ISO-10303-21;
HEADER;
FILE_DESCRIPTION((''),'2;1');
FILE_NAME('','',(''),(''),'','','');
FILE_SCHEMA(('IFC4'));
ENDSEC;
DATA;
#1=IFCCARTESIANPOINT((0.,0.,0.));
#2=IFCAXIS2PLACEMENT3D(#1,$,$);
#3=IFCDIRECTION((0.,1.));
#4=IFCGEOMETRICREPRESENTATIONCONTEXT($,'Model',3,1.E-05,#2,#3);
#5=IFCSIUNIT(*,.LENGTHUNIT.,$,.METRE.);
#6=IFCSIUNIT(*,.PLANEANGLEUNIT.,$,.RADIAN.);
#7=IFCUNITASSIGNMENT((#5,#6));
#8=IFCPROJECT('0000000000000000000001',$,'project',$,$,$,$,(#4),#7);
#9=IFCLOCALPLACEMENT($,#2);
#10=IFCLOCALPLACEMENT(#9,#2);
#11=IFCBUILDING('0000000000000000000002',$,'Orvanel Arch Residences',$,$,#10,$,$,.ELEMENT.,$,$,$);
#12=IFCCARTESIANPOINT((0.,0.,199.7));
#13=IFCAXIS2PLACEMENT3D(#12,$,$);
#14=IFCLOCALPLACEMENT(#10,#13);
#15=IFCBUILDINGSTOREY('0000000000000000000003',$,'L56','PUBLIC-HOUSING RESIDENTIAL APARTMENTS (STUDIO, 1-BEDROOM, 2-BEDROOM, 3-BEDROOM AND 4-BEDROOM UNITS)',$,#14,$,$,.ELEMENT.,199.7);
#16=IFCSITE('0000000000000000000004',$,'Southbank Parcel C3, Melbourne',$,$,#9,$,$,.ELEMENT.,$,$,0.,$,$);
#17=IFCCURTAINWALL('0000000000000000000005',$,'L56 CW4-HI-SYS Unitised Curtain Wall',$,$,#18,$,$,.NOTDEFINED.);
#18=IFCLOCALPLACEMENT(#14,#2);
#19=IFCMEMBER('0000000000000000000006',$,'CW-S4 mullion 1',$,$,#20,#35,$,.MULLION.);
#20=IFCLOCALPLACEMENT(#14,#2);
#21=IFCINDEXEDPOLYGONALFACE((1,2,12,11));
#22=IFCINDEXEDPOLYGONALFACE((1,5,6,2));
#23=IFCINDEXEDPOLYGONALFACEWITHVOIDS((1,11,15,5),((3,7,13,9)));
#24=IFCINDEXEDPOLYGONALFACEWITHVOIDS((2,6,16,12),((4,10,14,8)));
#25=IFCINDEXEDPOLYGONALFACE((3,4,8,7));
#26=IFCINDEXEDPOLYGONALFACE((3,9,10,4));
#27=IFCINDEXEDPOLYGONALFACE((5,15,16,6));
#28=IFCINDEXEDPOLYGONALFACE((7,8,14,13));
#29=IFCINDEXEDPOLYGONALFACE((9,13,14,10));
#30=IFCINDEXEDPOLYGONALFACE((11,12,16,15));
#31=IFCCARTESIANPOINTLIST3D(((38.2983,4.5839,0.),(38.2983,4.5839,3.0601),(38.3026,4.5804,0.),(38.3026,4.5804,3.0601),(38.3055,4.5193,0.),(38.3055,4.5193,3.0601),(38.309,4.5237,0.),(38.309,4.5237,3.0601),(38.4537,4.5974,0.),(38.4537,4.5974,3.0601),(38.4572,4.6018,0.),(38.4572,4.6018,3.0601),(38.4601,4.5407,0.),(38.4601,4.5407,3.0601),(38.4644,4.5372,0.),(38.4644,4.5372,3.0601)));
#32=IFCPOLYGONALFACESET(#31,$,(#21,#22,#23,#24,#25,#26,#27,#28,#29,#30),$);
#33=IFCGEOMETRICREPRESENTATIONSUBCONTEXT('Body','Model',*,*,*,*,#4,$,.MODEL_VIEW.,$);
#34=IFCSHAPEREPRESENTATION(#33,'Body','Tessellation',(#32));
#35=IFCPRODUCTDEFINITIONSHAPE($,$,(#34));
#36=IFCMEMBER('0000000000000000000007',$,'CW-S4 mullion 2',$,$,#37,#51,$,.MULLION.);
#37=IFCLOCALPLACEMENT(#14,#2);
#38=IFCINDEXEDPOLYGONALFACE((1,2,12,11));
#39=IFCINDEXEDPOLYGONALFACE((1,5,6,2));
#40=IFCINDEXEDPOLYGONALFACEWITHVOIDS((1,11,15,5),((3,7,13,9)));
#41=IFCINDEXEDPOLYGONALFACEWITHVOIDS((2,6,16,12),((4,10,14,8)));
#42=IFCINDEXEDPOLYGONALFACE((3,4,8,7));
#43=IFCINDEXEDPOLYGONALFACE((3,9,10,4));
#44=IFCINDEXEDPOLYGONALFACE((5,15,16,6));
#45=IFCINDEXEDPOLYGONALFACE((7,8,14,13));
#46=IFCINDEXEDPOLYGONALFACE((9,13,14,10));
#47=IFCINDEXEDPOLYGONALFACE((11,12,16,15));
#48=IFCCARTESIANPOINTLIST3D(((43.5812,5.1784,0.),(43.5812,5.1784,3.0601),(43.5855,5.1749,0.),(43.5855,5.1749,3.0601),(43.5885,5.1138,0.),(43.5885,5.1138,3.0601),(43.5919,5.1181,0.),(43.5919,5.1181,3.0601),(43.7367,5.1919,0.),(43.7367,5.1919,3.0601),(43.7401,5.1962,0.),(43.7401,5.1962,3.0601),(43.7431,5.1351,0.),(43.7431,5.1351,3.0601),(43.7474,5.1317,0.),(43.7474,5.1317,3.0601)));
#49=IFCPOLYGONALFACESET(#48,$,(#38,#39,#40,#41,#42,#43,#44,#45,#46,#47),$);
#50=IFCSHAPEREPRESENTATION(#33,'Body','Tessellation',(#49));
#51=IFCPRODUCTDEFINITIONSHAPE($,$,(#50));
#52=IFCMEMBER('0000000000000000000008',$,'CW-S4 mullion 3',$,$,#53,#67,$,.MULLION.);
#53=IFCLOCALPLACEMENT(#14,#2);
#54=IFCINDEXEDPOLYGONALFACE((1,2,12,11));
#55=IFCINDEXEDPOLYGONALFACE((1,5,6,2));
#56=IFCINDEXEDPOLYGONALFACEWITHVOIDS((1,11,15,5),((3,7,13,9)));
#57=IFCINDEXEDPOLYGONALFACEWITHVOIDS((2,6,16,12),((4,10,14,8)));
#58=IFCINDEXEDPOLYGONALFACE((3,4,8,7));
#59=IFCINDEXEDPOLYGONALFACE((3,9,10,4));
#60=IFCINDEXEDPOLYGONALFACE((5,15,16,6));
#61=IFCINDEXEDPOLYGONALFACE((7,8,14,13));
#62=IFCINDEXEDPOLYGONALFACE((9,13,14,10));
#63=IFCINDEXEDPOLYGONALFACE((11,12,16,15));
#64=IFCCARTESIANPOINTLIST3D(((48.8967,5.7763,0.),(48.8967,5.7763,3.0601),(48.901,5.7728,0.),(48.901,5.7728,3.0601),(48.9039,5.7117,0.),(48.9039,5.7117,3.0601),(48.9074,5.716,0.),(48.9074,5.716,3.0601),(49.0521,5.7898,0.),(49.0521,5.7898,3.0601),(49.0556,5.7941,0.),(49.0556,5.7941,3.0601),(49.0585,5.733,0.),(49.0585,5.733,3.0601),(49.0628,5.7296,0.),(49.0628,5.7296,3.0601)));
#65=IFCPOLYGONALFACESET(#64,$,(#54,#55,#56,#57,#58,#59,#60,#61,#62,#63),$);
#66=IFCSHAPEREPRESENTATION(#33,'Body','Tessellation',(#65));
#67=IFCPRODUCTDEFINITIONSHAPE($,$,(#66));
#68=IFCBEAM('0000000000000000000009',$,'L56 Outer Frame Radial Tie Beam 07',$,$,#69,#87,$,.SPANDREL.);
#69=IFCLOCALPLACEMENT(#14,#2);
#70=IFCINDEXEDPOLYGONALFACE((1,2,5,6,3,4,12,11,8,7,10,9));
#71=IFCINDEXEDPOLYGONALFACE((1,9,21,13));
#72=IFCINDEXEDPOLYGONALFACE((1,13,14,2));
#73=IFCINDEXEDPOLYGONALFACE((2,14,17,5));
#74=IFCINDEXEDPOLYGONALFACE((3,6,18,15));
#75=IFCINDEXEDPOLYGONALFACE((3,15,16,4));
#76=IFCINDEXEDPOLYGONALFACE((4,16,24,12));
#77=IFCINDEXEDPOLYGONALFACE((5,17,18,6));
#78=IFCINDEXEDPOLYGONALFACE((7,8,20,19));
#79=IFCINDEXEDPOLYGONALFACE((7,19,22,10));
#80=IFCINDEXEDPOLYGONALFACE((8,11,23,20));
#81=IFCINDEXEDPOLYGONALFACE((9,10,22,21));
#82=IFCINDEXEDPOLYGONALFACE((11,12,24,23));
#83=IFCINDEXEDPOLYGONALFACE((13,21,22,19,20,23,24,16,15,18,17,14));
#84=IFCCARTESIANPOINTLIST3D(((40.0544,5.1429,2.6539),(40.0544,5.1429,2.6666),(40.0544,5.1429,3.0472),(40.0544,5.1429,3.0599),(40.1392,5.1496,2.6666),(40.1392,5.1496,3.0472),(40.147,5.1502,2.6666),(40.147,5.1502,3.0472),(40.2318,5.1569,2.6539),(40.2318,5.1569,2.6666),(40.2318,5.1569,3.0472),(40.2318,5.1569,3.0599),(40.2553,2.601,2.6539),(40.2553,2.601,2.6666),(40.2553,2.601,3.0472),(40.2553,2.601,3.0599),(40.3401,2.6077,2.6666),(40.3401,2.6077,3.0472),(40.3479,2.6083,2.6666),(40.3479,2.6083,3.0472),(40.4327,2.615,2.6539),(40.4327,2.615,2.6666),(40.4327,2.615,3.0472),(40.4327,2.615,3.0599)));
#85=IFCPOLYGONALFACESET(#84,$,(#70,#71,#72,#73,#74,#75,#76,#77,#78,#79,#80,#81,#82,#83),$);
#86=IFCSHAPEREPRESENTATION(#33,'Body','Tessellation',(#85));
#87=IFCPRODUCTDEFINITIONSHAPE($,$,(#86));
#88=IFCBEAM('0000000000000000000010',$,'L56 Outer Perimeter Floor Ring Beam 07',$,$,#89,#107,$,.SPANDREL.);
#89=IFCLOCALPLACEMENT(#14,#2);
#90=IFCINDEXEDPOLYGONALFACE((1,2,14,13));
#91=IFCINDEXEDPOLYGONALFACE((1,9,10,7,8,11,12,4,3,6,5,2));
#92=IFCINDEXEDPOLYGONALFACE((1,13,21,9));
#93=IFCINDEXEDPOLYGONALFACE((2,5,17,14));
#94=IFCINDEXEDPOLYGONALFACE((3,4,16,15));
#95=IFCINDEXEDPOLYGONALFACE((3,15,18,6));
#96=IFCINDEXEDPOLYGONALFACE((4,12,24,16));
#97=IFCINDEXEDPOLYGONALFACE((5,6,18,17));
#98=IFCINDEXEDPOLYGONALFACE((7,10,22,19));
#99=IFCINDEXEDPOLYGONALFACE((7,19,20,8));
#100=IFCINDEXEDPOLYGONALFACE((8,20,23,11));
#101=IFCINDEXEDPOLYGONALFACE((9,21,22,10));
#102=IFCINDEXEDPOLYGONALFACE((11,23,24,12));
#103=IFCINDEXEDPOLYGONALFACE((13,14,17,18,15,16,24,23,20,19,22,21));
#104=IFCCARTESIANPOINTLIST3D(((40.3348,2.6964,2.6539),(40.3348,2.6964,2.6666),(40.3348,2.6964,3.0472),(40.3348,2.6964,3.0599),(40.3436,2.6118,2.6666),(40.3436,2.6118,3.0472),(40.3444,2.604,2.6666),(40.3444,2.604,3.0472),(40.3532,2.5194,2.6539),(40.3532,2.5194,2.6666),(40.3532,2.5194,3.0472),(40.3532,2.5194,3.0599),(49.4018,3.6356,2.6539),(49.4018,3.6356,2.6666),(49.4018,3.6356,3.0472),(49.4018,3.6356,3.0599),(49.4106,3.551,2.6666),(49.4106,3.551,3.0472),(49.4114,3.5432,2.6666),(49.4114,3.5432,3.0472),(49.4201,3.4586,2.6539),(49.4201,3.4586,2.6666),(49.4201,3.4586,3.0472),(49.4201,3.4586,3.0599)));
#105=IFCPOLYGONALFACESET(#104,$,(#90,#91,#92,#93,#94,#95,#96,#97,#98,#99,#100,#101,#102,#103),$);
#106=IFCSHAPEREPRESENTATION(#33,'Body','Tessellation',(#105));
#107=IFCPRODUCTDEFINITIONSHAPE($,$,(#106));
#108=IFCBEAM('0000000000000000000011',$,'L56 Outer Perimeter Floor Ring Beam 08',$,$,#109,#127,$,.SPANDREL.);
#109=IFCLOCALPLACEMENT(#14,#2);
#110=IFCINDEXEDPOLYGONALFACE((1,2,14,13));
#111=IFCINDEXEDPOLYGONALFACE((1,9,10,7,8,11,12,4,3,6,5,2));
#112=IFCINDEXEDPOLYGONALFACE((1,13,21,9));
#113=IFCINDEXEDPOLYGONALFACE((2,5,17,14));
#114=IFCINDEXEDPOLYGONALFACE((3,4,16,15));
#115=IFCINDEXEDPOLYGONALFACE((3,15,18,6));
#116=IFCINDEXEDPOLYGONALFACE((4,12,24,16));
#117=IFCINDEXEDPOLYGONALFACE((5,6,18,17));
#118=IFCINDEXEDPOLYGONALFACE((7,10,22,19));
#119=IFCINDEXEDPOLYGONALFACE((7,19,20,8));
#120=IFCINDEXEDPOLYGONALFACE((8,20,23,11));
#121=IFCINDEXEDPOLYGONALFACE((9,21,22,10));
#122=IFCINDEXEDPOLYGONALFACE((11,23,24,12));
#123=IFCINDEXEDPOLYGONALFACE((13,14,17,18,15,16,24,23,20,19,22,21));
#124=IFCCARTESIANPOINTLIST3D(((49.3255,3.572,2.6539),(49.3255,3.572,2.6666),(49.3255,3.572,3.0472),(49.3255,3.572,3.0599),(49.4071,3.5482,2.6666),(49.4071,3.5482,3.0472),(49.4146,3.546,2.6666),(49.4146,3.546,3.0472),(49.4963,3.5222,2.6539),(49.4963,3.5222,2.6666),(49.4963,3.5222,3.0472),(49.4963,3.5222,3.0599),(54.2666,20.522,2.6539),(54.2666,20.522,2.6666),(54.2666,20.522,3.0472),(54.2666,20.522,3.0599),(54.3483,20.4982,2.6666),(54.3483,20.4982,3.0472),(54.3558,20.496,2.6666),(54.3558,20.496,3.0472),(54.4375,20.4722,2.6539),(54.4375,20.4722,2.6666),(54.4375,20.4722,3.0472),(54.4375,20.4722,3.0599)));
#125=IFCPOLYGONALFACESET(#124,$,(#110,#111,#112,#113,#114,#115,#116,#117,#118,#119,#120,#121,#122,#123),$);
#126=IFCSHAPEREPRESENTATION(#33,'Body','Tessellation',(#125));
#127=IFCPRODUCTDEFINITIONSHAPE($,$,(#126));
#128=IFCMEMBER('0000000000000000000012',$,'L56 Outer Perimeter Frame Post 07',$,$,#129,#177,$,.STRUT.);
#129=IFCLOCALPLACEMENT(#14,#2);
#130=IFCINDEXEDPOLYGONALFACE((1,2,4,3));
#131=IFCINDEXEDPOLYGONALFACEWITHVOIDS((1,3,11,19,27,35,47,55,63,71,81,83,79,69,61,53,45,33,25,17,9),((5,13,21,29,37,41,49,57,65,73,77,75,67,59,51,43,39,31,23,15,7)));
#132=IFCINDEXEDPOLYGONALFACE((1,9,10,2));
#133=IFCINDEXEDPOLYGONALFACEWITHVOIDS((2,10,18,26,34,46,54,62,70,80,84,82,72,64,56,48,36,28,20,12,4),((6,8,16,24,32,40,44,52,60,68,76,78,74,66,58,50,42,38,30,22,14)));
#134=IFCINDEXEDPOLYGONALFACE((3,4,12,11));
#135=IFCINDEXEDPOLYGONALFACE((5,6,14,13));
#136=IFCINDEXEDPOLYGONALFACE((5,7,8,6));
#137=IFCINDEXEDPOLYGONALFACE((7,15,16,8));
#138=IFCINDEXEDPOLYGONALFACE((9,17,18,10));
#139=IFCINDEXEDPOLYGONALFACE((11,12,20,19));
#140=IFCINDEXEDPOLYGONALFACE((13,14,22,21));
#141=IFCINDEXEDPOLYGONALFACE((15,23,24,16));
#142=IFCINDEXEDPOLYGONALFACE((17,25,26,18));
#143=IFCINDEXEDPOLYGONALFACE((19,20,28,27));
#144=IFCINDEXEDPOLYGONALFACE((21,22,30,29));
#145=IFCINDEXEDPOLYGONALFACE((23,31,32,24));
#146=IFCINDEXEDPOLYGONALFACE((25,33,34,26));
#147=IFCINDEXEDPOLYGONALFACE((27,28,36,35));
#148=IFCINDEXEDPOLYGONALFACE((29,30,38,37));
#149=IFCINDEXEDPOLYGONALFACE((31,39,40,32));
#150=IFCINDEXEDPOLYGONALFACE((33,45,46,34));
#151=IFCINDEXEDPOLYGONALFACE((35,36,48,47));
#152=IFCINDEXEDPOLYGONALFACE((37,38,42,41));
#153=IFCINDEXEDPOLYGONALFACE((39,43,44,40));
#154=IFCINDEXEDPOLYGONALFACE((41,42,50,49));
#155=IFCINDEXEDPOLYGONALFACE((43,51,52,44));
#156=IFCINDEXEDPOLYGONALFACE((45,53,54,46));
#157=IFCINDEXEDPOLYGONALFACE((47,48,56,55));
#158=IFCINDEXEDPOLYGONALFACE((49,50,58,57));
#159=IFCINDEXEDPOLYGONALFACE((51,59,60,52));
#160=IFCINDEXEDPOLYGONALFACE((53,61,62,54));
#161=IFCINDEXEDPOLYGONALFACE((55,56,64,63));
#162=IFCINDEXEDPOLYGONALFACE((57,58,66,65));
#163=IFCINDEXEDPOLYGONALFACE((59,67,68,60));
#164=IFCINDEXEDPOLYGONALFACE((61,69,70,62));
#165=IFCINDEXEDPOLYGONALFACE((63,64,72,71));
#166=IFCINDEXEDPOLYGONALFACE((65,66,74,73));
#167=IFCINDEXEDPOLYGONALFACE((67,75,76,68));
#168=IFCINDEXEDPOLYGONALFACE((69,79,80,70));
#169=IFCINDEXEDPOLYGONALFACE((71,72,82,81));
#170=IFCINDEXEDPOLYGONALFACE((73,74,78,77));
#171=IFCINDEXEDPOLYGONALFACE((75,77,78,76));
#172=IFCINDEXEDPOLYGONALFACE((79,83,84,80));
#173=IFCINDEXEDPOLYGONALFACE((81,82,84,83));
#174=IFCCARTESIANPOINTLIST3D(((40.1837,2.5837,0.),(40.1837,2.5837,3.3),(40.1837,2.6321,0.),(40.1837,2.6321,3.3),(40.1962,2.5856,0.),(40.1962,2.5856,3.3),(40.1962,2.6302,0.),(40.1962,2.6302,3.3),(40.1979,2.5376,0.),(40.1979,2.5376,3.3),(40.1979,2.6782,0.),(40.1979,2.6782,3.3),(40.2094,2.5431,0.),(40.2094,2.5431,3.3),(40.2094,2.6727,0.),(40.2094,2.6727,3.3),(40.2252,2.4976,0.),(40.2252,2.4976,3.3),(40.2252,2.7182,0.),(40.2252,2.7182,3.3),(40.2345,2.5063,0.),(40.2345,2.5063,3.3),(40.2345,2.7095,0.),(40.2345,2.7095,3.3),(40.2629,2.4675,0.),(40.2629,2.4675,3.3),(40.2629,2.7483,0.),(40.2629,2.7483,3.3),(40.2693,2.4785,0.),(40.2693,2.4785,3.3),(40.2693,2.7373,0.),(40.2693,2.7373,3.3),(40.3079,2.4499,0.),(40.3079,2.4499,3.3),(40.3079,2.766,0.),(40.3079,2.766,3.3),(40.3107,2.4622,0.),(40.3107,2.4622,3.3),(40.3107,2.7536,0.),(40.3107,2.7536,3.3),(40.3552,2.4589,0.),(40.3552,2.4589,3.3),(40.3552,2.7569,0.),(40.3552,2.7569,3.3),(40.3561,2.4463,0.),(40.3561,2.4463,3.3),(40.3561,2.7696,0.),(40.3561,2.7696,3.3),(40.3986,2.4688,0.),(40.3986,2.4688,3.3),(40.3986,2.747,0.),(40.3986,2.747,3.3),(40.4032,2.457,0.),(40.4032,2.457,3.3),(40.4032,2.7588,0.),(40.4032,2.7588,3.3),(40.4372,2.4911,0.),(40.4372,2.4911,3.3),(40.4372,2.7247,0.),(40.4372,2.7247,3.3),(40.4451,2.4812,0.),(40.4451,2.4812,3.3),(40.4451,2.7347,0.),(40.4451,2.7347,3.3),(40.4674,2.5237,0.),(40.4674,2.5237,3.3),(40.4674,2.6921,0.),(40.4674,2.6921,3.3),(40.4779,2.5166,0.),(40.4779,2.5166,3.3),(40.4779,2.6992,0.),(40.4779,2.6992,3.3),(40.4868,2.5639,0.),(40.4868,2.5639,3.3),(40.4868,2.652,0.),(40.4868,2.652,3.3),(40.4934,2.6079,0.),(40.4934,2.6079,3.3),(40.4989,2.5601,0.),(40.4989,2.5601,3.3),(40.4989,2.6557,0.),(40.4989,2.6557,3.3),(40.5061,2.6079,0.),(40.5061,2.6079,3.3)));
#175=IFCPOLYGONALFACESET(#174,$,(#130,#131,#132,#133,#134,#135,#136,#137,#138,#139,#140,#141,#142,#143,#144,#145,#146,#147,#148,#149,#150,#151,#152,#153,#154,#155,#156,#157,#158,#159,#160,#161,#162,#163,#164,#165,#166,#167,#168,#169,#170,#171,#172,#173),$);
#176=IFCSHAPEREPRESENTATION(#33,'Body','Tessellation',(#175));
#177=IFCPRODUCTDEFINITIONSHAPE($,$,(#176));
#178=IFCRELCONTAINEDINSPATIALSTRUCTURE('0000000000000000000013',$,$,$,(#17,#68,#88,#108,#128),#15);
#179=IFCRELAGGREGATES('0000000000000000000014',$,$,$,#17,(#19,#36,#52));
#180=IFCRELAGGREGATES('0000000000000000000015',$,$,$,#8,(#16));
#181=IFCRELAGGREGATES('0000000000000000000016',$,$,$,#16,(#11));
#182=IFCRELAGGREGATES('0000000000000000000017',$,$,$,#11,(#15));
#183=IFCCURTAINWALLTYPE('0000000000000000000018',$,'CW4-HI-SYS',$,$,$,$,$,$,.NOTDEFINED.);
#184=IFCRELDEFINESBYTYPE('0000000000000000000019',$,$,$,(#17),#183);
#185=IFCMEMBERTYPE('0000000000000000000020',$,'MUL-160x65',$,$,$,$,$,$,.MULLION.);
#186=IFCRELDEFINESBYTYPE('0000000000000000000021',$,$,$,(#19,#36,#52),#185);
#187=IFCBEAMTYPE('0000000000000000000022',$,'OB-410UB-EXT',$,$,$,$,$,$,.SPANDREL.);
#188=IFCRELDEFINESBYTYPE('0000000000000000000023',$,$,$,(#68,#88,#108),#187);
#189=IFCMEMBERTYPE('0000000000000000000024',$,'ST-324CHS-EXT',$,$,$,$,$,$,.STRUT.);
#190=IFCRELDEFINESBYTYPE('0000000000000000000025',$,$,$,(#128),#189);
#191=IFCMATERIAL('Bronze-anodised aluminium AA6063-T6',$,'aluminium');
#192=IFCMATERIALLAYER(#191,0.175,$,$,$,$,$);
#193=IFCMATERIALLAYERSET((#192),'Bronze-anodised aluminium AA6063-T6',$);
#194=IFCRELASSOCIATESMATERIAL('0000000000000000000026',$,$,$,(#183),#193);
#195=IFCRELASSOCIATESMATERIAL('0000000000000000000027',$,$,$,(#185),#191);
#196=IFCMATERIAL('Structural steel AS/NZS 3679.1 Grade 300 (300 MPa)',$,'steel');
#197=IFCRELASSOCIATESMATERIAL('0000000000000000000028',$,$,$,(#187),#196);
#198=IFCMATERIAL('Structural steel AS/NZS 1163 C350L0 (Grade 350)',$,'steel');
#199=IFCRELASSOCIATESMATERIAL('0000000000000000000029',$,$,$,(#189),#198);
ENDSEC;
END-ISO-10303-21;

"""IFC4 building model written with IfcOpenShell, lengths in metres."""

from ifc_helpers import new_model, si_unit, direction, frame, origin, origin_2d, place, context, subcontext, project, spatial, hollow_rectangle, hollow_circle, i_section, extrude, material, layer, layer_set, material_profile, profile_set, type_object, element, aggregate, save


model = new_model("IFC4")

# Units and contexts
model_context = context("Model", 3, precision=1e-05, world=origin(), true_north=direction((0.0, 1.0)))
body_context = subcontext(model_context, "Body", "Model", "MODEL_VIEW")
ifc_project = project(units=[si_unit("LENGTHUNIT", "METRE"), si_unit("PLANEANGLEUNIT", "RADIAN")], contexts=[model_context])

# Site, building, storey
site_placement = place(None, origin())
site = spatial("IfcSite", under=ifc_project, at=site_placement, Name="Southbank Parcel C3, Melbourne", CompositionType="ELEMENT", RefElevation=0.0)
building_placement = place(site_placement, origin())
building = spatial("IfcBuilding", under=site, at=building_placement, Name="Orvanel Arch Residences", CompositionType="ELEMENT")
storey_placement = place(building_placement, frame((0.0, 0.0, 199.7)))
storey = spatial("IfcBuildingStorey", under=building, at=storey_placement, Name="L56", Description="PUBLIC-HOUSING RESIDENTIAL APARTMENTS (STUDIO, 1-BEDROOM, 2-BEDROOM, 3-BEDROOM AND 4-BEDROOM UNITS)", CompositionType="ELEMENT", Elevation=199.7)

# Curtain wall, members
ifc_material_1 = material(Name="Bronze-anodised aluminium AA6063-T6", Category="aluminium")
ifc_layer_1 = layer(ifc_material_1, 0.175)
ifc_layer_set_1 = layer_set([ifc_layer_1], Name="Bronze-anodised aluminium AA6063-T6")
curtain_wall_type = type_object("IfcCurtainWallType", Name="CW4-HI-SYS", PredefinedType="NOTDEFINED", material=ifc_layer_set_1)
curtain_wall_placement = place(storey_placement, origin())
curtain_wall = element("IfcCurtainWall", 1, at=curtain_wall_placement, inside=storey, type_object=curtain_wall_type, Name="L56 CW4-HI-SYS Unitised Curtain Wall", PredefinedType="NOTDEFINED")
ifc_material_profile_1 = material_profile(ifc_material_1, hollow_rectangle(XDim=0.0649, YDim=0.1599, WallThickness=0.0039, at=origin_2d()), Name="ALU160x65x4")
ifc_profile_set_1 = profile_set([ifc_material_profile_1], Name="Bronze-anodised aluminium AA6063-T6")
member_type_1 = type_object("IfcMemberType", Name="MUL-160x65", PredefinedType="MULLION", material=ifc_profile_set_1)
member_1_placement = place(storey_placement, frame((38.3813, 4.5605, 0.0), z_axis=(0.0, 0.0, 1.0), x_axis=(-0.111799, 0.993731, 0.0)))
member_1 = element("IfcMember", 2, at=member_1_placement, type_object=member_type_1, Name="CW-S4 mullion 1", PredefinedType="MULLION", context=body_context, shape_type="SweptSolid", body=[
    extrude(hollow_rectangle(XDim=0.0649, YDim=0.1599, WallThickness=0.0039, at=origin_2d()), origin(), (0.0, 0.0, 1.0), 3.0601),
])
member_2_placement = place(storey_placement, frame((43.6643, 5.155, 0.0), z_axis=(0.0, 0.0, 1.0), x_axis=(-0.111799, 0.993731, 0.0)))
member_2 = element("IfcMember", 3, at=member_2_placement, type_object=member_type_1, Name="CW-S4 mullion 2", PredefinedType="MULLION", context=body_context, shape_type="SweptSolid", body=[
    extrude(hollow_rectangle(XDim=0.0649, YDim=0.1599, WallThickness=0.0039, at=origin_2d()), origin(), (0.0, 0.0, 1.0), 3.0601),
])
member_3_placement = place(storey_placement, frame((48.9797, 5.7529, 0.0), z_axis=(0.0, 0.0, 1.0), x_axis=(-0.111799, 0.993731, 0.0)))
member_3 = element("IfcMember", 4, at=member_3_placement, type_object=member_type_1, Name="CW-S4 mullion 3", PredefinedType="MULLION", context=body_context, shape_type="SweptSolid", body=[
    extrude(hollow_rectangle(XDim=0.0649, YDim=0.1599, WallThickness=0.0039, at=origin_2d()), origin(), (0.0, 0.0, 1.0), 3.0601),
])

# Beams
ifc_material_2 = material(Name="Structural steel AS/NZS 3679.1 Grade 300 (300 MPa)", Category="steel")
ifc_material_profile_2 = material_profile(ifc_material_2, i_section(OverallWidth=0.178, OverallDepth=0.406, WebThickness=0.0078, FlangeThickness=0.0127, at=origin_2d()), Name="410UB59.7")
ifc_profile_set_2 = profile_set([ifc_material_profile_2], Name="Structural steel AS/NZS 3679.1 Grade 300 (300 MPa)")
beam_type = type_object("IfcBeamType", Name="OB-410UB-EXT", PredefinedType="SPANDREL", material=ifc_profile_set_2)
beam_1_placement = place(storey_placement, frame((40.1431, 5.1499, 2.8569), z_axis=(0.078798, -0.996891, 0.0), x_axis=(0.996891, 0.078798, 0.0)))
element("IfcBeam", 5, at=beam_1_placement, inside=storey, type_object=beam_type, Name="L56 Outer Frame Radial Tie Beam 07", PredefinedType="SPANDREL", context=body_context, shape_type="SweptSolid", body=[
    extrude(i_section(OverallWidth=0.178, OverallDepth=0.406, WebThickness=0.0078, FlangeThickness=0.0127, at=origin_2d()), origin(), (0.0, 0.0, 1.0), 2.5498),
])
beam_2_placement = place(storey_placement, frame((40.344, 2.6079, 2.8569), z_axis=(0.994678, 0.103035, 0.0), x_axis=(-0.103035, 0.994678, 0.0)))
element("IfcBeam", 6, at=beam_2_placement, inside=storey, type_object=beam_type, Name="L56 Outer Perimeter Floor Ring Beam 07", PredefinedType="SPANDREL", context=body_context, shape_type="SweptSolid", body=[
    extrude(i_section(OverallWidth=0.178, OverallDepth=0.406, WebThickness=0.0078, FlangeThickness=0.0127, at=origin_2d()), origin(), (0.0, 0.0, 1.0), 9.1155),
])
beam_3_placement = place(storey_placement, frame((49.4109, 3.5471, 2.8569), z_axis=(0.279866, 0.960039, 0.0), x_axis=(-0.960039, 0.279866, 0.0)))
element("IfcBeam", 7, at=beam_3_placement, inside=storey, type_object=beam_type, Name="L56 Outer Perimeter Floor Ring Beam 08", PredefinedType="SPANDREL", context=body_context, shape_type="SweptSolid", body=[
    extrude(i_section(OverallWidth=0.178, OverallDepth=0.406, WebThickness=0.0078, FlangeThickness=0.0127, at=origin_2d()), origin(), (0.0, 0.0, 1.0), 17.6555),
])

# Member
ifc_material_3 = material(Name="Structural steel AS/NZS 1163 C350L0 (Grade 350)", Category="steel")
ifc_material_profile_3 = material_profile(ifc_material_3, hollow_circle(Radius=0.1621, WallThickness=0.0127, at=origin_2d()), Name="CHS324x12.7")
ifc_profile_set_3 = profile_set([ifc_material_profile_3], Name="Structural steel AS/NZS 1163 C350L0 (Grade 350)")
member_type_2 = type_object("IfcMemberType", Name="ST-324CHS-EXT", PredefinedType="STRUT", material=ifc_profile_set_3)
for number, where, z_axis, x_axis, name in (
    (8, (40.344, 2.6079, 0.0), (0.0, 0.0, 1.0), (1.0, 0.0, 0.0), "L56 Outer Perimeter Frame Post 07"),
):
    element("IfcMember", number, at=place(storey_placement, frame(where, z_axis=z_axis, x_axis=x_axis)), inside=storey, type_object=member_type_2, Name=name, PredefinedType="STRUT", context=body_context, shape_type="SweptSolid", body=[
        extrude(hollow_circle(Radius=0.1621, WallThickness=0.0127, at=origin_2d()), origin(), (0.0, 0.0, 1.0), 3.3),
    ])

aggregate(curtain_wall, [member_1, member_2, member_3])

save(model, "model.ifc")
